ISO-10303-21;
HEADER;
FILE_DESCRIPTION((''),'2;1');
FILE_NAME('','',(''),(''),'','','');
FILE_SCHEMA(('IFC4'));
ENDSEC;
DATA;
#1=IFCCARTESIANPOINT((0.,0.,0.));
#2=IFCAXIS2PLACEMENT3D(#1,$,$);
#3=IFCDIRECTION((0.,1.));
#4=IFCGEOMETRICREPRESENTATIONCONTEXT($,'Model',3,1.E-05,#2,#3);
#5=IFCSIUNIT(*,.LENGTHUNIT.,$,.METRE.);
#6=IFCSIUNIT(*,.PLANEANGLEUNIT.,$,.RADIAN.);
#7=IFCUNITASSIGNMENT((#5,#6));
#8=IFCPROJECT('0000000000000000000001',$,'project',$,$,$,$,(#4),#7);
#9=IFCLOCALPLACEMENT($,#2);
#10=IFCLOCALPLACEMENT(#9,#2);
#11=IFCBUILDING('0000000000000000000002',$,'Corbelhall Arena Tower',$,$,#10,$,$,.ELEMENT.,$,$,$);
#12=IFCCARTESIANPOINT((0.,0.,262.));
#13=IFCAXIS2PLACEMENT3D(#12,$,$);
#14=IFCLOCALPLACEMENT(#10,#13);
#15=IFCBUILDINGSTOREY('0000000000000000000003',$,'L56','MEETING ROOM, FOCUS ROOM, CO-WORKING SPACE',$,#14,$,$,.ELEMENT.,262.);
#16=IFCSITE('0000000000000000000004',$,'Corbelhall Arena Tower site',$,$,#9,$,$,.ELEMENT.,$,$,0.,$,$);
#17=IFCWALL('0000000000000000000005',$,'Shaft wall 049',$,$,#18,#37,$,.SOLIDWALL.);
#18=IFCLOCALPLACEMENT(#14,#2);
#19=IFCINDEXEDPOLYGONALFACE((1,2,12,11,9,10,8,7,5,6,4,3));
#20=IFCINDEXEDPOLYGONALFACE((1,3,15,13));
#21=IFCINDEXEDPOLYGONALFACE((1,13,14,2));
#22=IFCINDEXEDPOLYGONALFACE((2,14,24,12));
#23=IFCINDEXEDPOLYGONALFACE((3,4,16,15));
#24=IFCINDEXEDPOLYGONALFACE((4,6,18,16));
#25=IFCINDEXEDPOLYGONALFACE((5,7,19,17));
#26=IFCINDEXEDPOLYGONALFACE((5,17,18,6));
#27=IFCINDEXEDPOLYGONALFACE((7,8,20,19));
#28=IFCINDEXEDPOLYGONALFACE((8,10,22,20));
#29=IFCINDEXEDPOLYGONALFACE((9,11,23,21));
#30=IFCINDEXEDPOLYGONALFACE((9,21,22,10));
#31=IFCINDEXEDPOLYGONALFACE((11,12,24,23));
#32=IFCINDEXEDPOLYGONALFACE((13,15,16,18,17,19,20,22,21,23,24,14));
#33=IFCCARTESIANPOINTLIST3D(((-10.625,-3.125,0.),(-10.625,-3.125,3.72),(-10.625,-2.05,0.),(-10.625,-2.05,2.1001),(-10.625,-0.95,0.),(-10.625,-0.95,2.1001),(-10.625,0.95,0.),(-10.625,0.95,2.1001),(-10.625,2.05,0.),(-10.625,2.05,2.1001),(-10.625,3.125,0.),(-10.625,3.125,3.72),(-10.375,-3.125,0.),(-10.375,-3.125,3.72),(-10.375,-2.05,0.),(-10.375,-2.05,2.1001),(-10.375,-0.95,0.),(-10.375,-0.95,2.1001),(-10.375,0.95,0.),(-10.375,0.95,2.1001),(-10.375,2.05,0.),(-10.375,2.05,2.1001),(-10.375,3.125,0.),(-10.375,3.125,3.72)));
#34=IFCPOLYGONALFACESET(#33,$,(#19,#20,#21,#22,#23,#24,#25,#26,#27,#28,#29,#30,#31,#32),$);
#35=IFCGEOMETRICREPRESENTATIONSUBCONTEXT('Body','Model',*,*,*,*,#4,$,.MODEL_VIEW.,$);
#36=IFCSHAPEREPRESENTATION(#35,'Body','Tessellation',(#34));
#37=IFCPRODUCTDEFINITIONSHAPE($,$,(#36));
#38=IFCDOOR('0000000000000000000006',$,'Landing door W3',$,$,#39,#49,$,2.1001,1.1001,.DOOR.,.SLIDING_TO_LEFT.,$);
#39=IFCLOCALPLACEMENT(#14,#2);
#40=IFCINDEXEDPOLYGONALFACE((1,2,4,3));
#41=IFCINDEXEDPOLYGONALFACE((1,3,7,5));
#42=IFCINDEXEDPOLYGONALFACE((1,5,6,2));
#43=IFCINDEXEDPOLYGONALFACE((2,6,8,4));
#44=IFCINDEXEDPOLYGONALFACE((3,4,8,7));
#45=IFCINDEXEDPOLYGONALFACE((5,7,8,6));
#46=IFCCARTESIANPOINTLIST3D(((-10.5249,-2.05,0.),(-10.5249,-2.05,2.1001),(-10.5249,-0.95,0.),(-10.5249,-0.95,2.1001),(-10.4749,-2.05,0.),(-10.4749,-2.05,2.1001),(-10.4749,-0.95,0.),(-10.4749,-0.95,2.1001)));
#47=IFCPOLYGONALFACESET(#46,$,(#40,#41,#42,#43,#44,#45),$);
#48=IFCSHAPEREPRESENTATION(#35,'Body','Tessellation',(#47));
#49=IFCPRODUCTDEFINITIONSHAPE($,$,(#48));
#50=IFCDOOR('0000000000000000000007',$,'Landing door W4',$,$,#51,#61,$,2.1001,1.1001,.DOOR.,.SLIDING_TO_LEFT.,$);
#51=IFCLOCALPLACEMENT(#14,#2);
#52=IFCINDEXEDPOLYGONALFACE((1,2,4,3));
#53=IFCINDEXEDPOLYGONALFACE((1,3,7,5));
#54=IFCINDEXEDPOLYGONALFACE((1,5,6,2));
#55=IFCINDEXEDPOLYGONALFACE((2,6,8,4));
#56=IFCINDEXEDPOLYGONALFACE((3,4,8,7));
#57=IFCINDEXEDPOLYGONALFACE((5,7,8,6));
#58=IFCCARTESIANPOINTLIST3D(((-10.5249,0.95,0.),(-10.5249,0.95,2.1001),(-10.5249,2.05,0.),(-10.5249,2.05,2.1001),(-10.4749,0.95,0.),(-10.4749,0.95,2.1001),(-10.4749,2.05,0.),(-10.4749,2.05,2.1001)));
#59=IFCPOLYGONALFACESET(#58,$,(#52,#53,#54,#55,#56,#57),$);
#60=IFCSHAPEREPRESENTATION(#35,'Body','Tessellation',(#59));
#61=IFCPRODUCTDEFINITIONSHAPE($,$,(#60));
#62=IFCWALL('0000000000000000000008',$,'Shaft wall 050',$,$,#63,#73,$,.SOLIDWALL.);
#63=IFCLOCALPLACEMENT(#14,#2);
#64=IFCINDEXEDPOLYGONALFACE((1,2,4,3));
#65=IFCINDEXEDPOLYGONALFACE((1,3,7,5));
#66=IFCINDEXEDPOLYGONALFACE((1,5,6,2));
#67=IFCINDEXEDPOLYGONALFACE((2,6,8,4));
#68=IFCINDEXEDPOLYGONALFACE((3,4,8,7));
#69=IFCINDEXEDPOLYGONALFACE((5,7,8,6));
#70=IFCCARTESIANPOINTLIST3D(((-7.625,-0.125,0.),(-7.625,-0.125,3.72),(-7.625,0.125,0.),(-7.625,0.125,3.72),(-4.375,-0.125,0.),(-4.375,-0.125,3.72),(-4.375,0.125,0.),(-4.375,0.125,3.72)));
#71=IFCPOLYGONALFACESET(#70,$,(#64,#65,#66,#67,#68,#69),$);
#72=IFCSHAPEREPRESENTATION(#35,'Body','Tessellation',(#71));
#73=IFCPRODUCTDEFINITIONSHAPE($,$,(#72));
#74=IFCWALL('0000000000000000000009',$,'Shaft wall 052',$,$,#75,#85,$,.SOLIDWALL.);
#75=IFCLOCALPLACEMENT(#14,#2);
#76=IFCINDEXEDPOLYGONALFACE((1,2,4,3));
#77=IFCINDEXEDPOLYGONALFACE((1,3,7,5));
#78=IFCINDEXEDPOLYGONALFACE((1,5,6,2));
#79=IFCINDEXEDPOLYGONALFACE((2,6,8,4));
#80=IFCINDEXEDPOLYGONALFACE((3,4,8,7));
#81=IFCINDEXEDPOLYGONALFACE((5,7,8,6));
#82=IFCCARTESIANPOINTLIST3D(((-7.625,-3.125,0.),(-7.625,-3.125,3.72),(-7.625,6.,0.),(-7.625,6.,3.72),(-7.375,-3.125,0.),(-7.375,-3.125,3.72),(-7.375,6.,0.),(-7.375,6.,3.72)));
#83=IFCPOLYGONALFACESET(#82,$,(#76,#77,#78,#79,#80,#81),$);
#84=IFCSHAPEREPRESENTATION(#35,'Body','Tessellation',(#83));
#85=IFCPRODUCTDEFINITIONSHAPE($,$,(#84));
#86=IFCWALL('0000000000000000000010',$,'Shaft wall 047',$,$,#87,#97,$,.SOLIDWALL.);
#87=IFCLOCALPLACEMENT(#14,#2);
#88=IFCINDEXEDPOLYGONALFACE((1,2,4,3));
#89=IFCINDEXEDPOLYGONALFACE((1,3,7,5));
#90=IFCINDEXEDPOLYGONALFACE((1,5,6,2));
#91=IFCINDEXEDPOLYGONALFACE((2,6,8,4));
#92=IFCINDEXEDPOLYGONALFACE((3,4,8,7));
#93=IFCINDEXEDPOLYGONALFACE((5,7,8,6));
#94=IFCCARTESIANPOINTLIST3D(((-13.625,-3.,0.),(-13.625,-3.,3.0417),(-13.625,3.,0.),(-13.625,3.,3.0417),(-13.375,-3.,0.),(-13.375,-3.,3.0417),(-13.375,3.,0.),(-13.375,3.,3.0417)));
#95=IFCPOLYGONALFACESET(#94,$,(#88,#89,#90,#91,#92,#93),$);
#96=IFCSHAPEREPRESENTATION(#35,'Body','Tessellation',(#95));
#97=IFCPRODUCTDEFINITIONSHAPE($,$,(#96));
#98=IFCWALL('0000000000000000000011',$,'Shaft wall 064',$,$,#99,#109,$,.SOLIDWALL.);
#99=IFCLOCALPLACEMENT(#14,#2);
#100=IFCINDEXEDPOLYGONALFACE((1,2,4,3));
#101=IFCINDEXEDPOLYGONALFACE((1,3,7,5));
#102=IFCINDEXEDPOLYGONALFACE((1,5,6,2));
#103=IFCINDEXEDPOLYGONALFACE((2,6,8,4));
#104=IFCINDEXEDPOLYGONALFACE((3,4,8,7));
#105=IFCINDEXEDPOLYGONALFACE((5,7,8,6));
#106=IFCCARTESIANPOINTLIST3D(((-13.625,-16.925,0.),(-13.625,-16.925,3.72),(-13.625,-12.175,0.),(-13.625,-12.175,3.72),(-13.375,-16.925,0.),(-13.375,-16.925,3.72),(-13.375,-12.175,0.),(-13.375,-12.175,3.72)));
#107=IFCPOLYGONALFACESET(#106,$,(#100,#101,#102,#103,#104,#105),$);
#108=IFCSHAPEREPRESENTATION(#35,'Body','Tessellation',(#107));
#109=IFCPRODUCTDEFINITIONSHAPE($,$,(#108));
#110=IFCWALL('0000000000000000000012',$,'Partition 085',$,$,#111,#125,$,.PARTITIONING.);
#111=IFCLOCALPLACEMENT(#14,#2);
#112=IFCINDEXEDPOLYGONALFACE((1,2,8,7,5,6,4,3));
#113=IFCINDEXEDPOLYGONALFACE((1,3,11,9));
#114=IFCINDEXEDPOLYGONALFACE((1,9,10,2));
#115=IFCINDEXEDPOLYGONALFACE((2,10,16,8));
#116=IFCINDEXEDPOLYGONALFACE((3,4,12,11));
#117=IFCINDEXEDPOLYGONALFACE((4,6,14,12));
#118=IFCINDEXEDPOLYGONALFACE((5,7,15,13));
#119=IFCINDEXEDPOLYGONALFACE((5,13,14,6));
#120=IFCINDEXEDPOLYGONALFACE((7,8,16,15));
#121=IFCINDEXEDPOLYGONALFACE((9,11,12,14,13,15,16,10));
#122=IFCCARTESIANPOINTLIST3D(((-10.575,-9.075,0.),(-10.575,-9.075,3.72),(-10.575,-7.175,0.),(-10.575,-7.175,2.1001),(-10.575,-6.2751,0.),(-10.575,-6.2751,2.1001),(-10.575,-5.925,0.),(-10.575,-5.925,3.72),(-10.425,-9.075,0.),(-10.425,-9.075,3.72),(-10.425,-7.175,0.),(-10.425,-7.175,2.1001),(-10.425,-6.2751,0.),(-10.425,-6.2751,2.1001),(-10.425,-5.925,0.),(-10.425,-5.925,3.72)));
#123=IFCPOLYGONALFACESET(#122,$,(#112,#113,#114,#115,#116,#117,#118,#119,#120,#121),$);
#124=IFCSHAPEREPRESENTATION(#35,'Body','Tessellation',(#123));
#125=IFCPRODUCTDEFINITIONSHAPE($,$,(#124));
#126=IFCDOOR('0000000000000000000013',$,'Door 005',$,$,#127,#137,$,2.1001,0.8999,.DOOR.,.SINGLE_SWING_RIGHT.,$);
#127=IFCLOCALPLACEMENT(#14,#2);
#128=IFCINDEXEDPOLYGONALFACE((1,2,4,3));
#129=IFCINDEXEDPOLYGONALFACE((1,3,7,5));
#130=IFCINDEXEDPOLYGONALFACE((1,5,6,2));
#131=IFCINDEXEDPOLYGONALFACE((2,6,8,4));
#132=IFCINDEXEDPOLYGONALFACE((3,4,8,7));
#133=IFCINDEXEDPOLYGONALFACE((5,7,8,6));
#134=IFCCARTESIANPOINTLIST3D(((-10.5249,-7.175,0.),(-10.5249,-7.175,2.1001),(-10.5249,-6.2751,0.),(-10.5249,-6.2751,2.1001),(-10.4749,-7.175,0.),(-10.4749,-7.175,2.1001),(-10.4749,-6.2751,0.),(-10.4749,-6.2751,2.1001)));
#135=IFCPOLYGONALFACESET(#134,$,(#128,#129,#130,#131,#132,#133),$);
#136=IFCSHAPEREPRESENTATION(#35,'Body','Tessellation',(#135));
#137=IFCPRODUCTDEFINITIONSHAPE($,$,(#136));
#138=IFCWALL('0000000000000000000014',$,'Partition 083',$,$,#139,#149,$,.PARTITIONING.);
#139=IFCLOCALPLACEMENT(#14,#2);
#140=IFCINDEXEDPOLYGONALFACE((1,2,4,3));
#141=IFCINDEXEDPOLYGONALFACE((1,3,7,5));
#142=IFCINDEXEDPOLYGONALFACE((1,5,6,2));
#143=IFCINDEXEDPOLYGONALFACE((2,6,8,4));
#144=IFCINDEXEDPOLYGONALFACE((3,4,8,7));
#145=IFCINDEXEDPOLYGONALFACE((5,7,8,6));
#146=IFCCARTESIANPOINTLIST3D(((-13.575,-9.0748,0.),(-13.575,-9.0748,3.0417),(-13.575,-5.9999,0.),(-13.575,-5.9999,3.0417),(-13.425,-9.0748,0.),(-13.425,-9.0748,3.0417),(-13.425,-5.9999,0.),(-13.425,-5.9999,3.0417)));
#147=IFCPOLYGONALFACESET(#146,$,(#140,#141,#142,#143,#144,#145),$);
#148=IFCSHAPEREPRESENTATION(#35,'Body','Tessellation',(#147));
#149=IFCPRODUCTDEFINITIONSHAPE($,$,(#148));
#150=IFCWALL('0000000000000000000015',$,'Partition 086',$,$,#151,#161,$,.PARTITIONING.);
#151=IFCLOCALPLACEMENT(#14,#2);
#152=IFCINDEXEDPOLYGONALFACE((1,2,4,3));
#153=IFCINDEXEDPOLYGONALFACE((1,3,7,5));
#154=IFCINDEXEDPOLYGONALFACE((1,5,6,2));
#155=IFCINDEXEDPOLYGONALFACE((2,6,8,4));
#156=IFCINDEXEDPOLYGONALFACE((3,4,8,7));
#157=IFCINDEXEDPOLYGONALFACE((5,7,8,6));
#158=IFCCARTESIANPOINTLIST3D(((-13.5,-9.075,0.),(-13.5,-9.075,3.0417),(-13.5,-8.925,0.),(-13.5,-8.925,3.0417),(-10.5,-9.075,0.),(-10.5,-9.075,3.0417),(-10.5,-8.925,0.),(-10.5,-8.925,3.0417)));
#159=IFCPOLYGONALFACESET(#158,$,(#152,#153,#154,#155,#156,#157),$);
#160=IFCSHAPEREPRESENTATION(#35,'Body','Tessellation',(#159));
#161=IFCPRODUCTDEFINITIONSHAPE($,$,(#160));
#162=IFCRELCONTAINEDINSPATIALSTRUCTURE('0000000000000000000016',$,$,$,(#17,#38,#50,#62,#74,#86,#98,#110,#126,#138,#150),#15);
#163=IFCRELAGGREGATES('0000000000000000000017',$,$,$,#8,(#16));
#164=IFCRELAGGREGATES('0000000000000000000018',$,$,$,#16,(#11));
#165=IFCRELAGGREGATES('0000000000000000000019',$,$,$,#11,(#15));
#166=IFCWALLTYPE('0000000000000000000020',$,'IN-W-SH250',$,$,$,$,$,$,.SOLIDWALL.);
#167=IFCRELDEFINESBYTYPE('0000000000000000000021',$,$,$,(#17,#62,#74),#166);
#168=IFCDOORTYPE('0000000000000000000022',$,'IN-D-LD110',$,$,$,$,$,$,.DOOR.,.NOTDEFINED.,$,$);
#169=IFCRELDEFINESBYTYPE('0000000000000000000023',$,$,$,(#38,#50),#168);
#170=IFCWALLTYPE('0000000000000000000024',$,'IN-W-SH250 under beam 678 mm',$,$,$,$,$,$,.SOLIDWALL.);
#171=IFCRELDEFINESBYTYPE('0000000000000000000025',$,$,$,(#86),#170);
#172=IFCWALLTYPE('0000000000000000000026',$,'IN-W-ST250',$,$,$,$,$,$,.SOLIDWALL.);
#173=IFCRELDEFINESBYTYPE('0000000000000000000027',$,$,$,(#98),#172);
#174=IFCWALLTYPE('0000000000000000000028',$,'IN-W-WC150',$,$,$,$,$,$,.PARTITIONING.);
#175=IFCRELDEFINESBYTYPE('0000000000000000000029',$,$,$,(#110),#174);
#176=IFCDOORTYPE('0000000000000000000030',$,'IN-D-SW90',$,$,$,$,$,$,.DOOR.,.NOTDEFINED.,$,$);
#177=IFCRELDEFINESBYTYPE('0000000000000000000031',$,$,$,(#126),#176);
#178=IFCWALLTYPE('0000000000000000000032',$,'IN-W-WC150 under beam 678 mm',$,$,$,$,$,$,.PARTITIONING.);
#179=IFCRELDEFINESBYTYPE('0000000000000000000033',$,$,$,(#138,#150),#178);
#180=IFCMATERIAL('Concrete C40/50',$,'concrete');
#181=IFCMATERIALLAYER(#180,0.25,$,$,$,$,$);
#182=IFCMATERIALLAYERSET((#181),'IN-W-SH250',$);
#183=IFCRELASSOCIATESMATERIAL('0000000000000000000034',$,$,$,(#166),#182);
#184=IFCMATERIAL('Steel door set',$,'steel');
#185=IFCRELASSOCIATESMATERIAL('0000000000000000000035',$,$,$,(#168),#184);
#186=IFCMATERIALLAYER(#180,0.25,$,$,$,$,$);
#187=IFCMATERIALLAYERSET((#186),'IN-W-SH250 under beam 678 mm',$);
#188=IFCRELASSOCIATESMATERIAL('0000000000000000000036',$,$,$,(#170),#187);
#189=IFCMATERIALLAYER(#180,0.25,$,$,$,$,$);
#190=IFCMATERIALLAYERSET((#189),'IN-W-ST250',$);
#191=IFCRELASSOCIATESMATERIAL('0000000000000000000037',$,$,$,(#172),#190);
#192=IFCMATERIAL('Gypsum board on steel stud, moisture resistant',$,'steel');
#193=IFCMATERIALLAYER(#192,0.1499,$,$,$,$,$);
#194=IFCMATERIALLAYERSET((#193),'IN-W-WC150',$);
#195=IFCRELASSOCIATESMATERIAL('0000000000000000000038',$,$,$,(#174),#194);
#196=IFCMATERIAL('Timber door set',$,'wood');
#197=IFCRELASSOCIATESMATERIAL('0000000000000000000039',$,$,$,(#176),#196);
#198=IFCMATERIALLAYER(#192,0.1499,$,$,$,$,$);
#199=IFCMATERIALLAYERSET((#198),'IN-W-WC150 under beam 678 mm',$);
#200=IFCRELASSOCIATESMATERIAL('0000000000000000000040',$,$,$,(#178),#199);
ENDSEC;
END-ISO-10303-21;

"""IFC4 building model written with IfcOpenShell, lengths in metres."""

from ifc_helpers import new_model, si_unit, direction, frame, frame_2d, origin, place, context, subcontext, project, spatial, rectangle, extrude, material, layer, layer_set, type_object, element, fill, save


model = new_model("IFC4")

# Units and contexts
model_context = context("Model", 3, precision=1e-05, world=origin(), true_north=direction((0.0, 1.0)))
body_context = subcontext(model_context, "Body", "Model", "MODEL_VIEW")
ifc_project = project(units=[si_unit("LENGTHUNIT", "METRE"), si_unit("PLANEANGLEUNIT", "RADIAN")], contexts=[model_context])

# Site, building, storey
site_placement = place(None, origin())
site = spatial("IfcSite", under=ifc_project, at=site_placement, Name="Corbelhall Arena Tower site", CompositionType="ELEMENT", RefElevation=0.0)
building_placement = place(site_placement, origin())
building = spatial("IfcBuilding", under=site, at=building_placement, Name="Corbelhall Arena Tower", CompositionType="ELEMENT")
storey_placement = place(building_placement, frame((0.0, 0.0, 262.0)))
storey = spatial("IfcBuildingStorey", under=building, at=storey_placement, Name="L56", Description="MEETING ROOM, FOCUS ROOM, CO-WORKING SPACE", CompositionType="ELEMENT", Elevation=262.0)

# Shared definitions
ifc_material_1 = material(Name="Steel door set", Category="steel")

# Wall, openings, doors
ifc_material_2 = material(Name="Concrete C40/50", Category="concrete")
ifc_layer_1 = layer(ifc_material_2, 0.25)
ifc_layer_set_1 = layer_set([ifc_layer_1], Name="IN-W-SH250")
wall_type_1 = type_object("IfcWallType", Name="IN-W-SH250", PredefinedType="SOLIDWALL", material=ifc_layer_set_1)
wall_1_placement = place(storey_placement, frame((-10.5, -3.125, 0.0), z_axis=(0.0, 0.0, 1.0), x_axis=(0.0, 1.0, 0.0)))
wall_1 = element("IfcWall", 1, at=wall_1_placement, inside=storey, type_object=wall_type_1, Name="Shaft wall 049", PredefinedType="SOLIDWALL", context=body_context, shape_type="SweptSolid", body=[
    extrude(rectangle(XDim=6.25, YDim=0.25, at=frame_2d((3.125, 0.0))), origin(), (0.0, 0.0, 1.0), 3.72),
])
opening_1_placement = place(wall_1_placement, frame((1.075, 0.0, 0.0)))
opening_1 = element("IfcOpeningElement", 2, at=opening_1_placement, cuts=wall_1, PredefinedType="OPENING", context=body_context, shape_type="SweptSolid", body=[
    extrude(rectangle(XDim=1.1001, YDim=2.1001, at=frame_2d((0.55, 1.05))), frame((0.0, 0.125, 0.0), z_axis=(0.0, -1.0, 0.0), x_axis=(1.0, 0.0, 0.0)), (0.0, 0.0, 1.0), 0.25),
])
opening_2_placement = place(wall_1_placement, frame((4.075, 0.0, 0.0)))
opening_2 = element("IfcOpeningElement", 3, at=opening_2_placement, cuts=wall_1, PredefinedType="OPENING", context=body_context, shape_type="SweptSolid", body=[
    extrude(rectangle(XDim=1.1001, YDim=2.1001, at=frame_2d((0.55, 1.05))), frame((0.0, 0.125, 0.0), z_axis=(0.0, -1.0, 0.0), x_axis=(1.0, 0.0, 0.0)), (0.0, 0.0, 1.0), 0.25),
])
door_type_1 = type_object("IfcDoorType", Name="IN-D-LD110", OperationType="NOTDEFINED", PredefinedType="DOOR", material=ifc_material_1)
door_1_placement = place(opening_1_placement, origin())
door_1 = element("IfcDoor", 4, at=door_1_placement, inside=storey, type_object=door_type_1, Name="Landing door W3", OperationType="SLIDING_TO_LEFT", OverallHeight=2.1001, OverallWidth=1.1001, PredefinedType="DOOR", context=body_context, shape_type="SweptSolid", body=[
    extrude(rectangle(XDim=1.1001, YDim=2.1001, at=frame_2d((0.55, 1.05))), frame((0.0, 0.0249, 0.0), z_axis=(0.0, -1.0, 0.0), x_axis=(1.0, 0.0, 0.0)), (0.0, 0.0, 1.0), 0.05),
])
fill(opening_1, door_1)
door_2_placement = place(opening_2_placement, origin())
door_2 = element("IfcDoor", 5, at=door_2_placement, inside=storey, type_object=door_type_1, Name="Landing door W4", OperationType="SLIDING_TO_LEFT", OverallHeight=2.1001, OverallWidth=1.1001, PredefinedType="DOOR", context=body_context, shape_type="SweptSolid", body=[
    extrude(rectangle(XDim=1.1001, YDim=2.1001, at=frame_2d((0.55, 1.05))), frame((0.0, 0.0249, 0.0), z_axis=(0.0, -1.0, 0.0), x_axis=(1.0, 0.0, 0.0)), (0.0, 0.0, 1.0), 0.05),
])
fill(opening_2, door_2)

# Walls
wall_2_placement = place(storey_placement, frame((-7.625, 0.0, 0.0), z_axis=(0.0, 0.0, 1.0), x_axis=(1.0, 0.0, 0.0)))
element("IfcWall", 6, at=wall_2_placement, inside=storey, type_object=wall_type_1, Name="Shaft wall 050", PredefinedType="SOLIDWALL", context=body_context, shape_type="SweptSolid", body=[
    extrude(rectangle(XDim=3.25, YDim=0.25, at=frame_2d((1.625, 0.0))), origin(), (0.0, 0.0, 1.0), 3.72),
])
wall_3_placement = place(storey_placement, frame((-7.5, -3.125, 0.0), z_axis=(0.0, 0.0, 1.0), x_axis=(0.0, 1.0, 0.0)))
element("IfcWall", 7, at=wall_3_placement, inside=storey, type_object=wall_type_1, Name="Shaft wall 052", PredefinedType="SOLIDWALL", context=body_context, shape_type="SweptSolid", body=[
    extrude(rectangle(XDim=9.125, YDim=0.25, at=frame_2d((4.5625, 0.0))), origin(), (0.0, 0.0, 1.0), 3.72),
])
ifc_layer_2 = layer(ifc_material_2, 0.25)
ifc_layer_set_2 = layer_set([ifc_layer_2], Name="IN-W-SH250 under beam 678 mm")
wall_type_2 = type_object("IfcWallType", Name="IN-W-SH250 under beam 678 mm", PredefinedType="SOLIDWALL", material=ifc_layer_set_2)
wall_4_placement = place(storey_placement, frame((-13.5, -3.0, 0.0), z_axis=(0.0, 0.0, 1.0), x_axis=(0.0, 1.0, 0.0)))
element("IfcWall", 8, at=wall_4_placement, inside=storey, type_object=wall_type_2, Name="Shaft wall 047", PredefinedType="SOLIDWALL", context=body_context, shape_type="SweptSolid", body=[
    extrude(rectangle(XDim=6.0, YDim=0.25, at=frame_2d((3.0, 0.0))), origin(), (0.0, 0.0, 1.0), 3.0417),
])
ifc_layer_3 = layer(ifc_material_2, 0.25)
ifc_layer_set_3 = layer_set([ifc_layer_3], Name="IN-W-ST250")
wall_type_3 = type_object("IfcWallType", Name="IN-W-ST250", PredefinedType="SOLIDWALL", material=ifc_layer_set_3)
wall_5_placement = place(storey_placement, frame((-13.5, -12.175, 0.0), z_axis=(0.0, 0.0, 1.0), x_axis=(0.0, -1.0, 0.0)))
element("IfcWall", 9, at=wall_5_placement, inside=storey, type_object=wall_type_3, Name="Shaft wall 064", PredefinedType="SOLIDWALL", context=body_context, shape_type="SweptSolid", body=[
    extrude(rectangle(XDim=4.75, YDim=0.25, at=frame_2d((2.375, 0.0))), origin(), (0.0, 0.0, 1.0), 3.72),
])

# Wall, opening, door
ifc_material_3 = material(Name="Gypsum board on steel stud, moisture resistant", Category="steel")
ifc_layer_4 = layer(ifc_material_3, 0.1499)
ifc_layer_set_4 = layer_set([ifc_layer_4], Name="IN-W-WC150")
wall_type_4 = type_object("IfcWallType", Name="IN-W-WC150", PredefinedType="PARTITIONING", material=ifc_layer_set_4)
wall_6_placement = place(storey_placement, frame((-10.5, -9.075, 0.0), z_axis=(0.0, 0.0, 1.0), x_axis=(0.0, 1.0, 0.0)))
wall_6 = element("IfcWall", 10, at=wall_6_placement, inside=storey, type_object=wall_type_4, Name="Partition 085", PredefinedType="PARTITIONING", context=body_context, shape_type="SweptSolid", body=[
    extrude(rectangle(XDim=3.1499, YDim=0.1499, at=frame_2d((1.575, 0.0))), origin(), (0.0, 0.0, 1.0), 3.72),
])
opening_3_placement = place(wall_6_placement, frame((1.8999, 0.0, 0.0)))
opening_3 = element("IfcOpeningElement", 11, at=opening_3_placement, cuts=wall_6, PredefinedType="OPENING", context=body_context, shape_type="SweptSolid", body=[
    extrude(rectangle(XDim=0.8999, YDim=2.1001, at=frame_2d((0.45, 1.05))), frame((0.0, 0.075, 0.0), z_axis=(0.0, -1.0, 0.0), x_axis=(1.0, 0.0, 0.0)), (0.0, 0.0, 1.0), 0.1499),
])
ifc_material_4 = material(Name="Timber door set", Category="wood")
door_type_2 = type_object("IfcDoorType", Name="IN-D-SW90", OperationType="NOTDEFINED", PredefinedType="DOOR", material=ifc_material_4)
door_3_placement = place(opening_3_placement, origin())
door_3 = element("IfcDoor", 12, at=door_3_placement, inside=storey, type_object=door_type_2, Name="Door 005", OperationType="SINGLE_SWING_RIGHT", OverallHeight=2.1001, OverallWidth=0.8999, PredefinedType="DOOR", context=body_context, shape_type="SweptSolid", body=[
    extrude(rectangle(XDim=0.8999, YDim=2.1001, at=frame_2d((0.45, 1.05))), frame((0.0, 0.0249, 0.0), z_axis=(0.0, -1.0, 0.0), x_axis=(1.0, 0.0, 0.0)), (0.0, 0.0, 1.0), 0.05),
])
fill(opening_3, door_3)

# Walls
ifc_layer_5 = layer(ifc_material_3, 0.1499)
ifc_layer_set_5 = layer_set([ifc_layer_5], Name="IN-W-WC150 under beam 678 mm")
wall_type_5 = type_object("IfcWallType", Name="IN-W-WC150 under beam 678 mm", PredefinedType="PARTITIONING", material=ifc_layer_set_5)
wall_7_placement = place(storey_placement, frame((-13.5, -9.075, 0.0), z_axis=(0.0, 0.0, 1.0), x_axis=(0.0, 1.0, 0.0)))
element("IfcWall", 13, at=wall_7_placement, inside=storey, type_object=wall_type_5, Name="Partition 083", PredefinedType="PARTITIONING", context=body_context, shape_type="SweptSolid", body=[
    extrude(rectangle(XDim=3.075, YDim=0.1499, at=frame_2d((1.5376, 0.0))), origin(), (0.0, 0.0, 1.0), 3.0417),
])
wall_8_placement = place(storey_placement, frame((-10.5, -9.0, 0.0), z_axis=(0.0, 0.0, 1.0), x_axis=(-1.0, 0.0, 0.0)))
element("IfcWall", 14, at=wall_8_placement, inside=storey, type_object=wall_type_5, Name="Partition 086", PredefinedType="PARTITIONING", context=body_context, shape_type="SweptSolid", body=[
    extrude(rectangle(XDim=3.0, YDim=0.1499, at=frame_2d((1.5, 0.0))), origin(), (0.0, 0.0, 1.0), 3.0417),
])

save(model, "model.ifc")
